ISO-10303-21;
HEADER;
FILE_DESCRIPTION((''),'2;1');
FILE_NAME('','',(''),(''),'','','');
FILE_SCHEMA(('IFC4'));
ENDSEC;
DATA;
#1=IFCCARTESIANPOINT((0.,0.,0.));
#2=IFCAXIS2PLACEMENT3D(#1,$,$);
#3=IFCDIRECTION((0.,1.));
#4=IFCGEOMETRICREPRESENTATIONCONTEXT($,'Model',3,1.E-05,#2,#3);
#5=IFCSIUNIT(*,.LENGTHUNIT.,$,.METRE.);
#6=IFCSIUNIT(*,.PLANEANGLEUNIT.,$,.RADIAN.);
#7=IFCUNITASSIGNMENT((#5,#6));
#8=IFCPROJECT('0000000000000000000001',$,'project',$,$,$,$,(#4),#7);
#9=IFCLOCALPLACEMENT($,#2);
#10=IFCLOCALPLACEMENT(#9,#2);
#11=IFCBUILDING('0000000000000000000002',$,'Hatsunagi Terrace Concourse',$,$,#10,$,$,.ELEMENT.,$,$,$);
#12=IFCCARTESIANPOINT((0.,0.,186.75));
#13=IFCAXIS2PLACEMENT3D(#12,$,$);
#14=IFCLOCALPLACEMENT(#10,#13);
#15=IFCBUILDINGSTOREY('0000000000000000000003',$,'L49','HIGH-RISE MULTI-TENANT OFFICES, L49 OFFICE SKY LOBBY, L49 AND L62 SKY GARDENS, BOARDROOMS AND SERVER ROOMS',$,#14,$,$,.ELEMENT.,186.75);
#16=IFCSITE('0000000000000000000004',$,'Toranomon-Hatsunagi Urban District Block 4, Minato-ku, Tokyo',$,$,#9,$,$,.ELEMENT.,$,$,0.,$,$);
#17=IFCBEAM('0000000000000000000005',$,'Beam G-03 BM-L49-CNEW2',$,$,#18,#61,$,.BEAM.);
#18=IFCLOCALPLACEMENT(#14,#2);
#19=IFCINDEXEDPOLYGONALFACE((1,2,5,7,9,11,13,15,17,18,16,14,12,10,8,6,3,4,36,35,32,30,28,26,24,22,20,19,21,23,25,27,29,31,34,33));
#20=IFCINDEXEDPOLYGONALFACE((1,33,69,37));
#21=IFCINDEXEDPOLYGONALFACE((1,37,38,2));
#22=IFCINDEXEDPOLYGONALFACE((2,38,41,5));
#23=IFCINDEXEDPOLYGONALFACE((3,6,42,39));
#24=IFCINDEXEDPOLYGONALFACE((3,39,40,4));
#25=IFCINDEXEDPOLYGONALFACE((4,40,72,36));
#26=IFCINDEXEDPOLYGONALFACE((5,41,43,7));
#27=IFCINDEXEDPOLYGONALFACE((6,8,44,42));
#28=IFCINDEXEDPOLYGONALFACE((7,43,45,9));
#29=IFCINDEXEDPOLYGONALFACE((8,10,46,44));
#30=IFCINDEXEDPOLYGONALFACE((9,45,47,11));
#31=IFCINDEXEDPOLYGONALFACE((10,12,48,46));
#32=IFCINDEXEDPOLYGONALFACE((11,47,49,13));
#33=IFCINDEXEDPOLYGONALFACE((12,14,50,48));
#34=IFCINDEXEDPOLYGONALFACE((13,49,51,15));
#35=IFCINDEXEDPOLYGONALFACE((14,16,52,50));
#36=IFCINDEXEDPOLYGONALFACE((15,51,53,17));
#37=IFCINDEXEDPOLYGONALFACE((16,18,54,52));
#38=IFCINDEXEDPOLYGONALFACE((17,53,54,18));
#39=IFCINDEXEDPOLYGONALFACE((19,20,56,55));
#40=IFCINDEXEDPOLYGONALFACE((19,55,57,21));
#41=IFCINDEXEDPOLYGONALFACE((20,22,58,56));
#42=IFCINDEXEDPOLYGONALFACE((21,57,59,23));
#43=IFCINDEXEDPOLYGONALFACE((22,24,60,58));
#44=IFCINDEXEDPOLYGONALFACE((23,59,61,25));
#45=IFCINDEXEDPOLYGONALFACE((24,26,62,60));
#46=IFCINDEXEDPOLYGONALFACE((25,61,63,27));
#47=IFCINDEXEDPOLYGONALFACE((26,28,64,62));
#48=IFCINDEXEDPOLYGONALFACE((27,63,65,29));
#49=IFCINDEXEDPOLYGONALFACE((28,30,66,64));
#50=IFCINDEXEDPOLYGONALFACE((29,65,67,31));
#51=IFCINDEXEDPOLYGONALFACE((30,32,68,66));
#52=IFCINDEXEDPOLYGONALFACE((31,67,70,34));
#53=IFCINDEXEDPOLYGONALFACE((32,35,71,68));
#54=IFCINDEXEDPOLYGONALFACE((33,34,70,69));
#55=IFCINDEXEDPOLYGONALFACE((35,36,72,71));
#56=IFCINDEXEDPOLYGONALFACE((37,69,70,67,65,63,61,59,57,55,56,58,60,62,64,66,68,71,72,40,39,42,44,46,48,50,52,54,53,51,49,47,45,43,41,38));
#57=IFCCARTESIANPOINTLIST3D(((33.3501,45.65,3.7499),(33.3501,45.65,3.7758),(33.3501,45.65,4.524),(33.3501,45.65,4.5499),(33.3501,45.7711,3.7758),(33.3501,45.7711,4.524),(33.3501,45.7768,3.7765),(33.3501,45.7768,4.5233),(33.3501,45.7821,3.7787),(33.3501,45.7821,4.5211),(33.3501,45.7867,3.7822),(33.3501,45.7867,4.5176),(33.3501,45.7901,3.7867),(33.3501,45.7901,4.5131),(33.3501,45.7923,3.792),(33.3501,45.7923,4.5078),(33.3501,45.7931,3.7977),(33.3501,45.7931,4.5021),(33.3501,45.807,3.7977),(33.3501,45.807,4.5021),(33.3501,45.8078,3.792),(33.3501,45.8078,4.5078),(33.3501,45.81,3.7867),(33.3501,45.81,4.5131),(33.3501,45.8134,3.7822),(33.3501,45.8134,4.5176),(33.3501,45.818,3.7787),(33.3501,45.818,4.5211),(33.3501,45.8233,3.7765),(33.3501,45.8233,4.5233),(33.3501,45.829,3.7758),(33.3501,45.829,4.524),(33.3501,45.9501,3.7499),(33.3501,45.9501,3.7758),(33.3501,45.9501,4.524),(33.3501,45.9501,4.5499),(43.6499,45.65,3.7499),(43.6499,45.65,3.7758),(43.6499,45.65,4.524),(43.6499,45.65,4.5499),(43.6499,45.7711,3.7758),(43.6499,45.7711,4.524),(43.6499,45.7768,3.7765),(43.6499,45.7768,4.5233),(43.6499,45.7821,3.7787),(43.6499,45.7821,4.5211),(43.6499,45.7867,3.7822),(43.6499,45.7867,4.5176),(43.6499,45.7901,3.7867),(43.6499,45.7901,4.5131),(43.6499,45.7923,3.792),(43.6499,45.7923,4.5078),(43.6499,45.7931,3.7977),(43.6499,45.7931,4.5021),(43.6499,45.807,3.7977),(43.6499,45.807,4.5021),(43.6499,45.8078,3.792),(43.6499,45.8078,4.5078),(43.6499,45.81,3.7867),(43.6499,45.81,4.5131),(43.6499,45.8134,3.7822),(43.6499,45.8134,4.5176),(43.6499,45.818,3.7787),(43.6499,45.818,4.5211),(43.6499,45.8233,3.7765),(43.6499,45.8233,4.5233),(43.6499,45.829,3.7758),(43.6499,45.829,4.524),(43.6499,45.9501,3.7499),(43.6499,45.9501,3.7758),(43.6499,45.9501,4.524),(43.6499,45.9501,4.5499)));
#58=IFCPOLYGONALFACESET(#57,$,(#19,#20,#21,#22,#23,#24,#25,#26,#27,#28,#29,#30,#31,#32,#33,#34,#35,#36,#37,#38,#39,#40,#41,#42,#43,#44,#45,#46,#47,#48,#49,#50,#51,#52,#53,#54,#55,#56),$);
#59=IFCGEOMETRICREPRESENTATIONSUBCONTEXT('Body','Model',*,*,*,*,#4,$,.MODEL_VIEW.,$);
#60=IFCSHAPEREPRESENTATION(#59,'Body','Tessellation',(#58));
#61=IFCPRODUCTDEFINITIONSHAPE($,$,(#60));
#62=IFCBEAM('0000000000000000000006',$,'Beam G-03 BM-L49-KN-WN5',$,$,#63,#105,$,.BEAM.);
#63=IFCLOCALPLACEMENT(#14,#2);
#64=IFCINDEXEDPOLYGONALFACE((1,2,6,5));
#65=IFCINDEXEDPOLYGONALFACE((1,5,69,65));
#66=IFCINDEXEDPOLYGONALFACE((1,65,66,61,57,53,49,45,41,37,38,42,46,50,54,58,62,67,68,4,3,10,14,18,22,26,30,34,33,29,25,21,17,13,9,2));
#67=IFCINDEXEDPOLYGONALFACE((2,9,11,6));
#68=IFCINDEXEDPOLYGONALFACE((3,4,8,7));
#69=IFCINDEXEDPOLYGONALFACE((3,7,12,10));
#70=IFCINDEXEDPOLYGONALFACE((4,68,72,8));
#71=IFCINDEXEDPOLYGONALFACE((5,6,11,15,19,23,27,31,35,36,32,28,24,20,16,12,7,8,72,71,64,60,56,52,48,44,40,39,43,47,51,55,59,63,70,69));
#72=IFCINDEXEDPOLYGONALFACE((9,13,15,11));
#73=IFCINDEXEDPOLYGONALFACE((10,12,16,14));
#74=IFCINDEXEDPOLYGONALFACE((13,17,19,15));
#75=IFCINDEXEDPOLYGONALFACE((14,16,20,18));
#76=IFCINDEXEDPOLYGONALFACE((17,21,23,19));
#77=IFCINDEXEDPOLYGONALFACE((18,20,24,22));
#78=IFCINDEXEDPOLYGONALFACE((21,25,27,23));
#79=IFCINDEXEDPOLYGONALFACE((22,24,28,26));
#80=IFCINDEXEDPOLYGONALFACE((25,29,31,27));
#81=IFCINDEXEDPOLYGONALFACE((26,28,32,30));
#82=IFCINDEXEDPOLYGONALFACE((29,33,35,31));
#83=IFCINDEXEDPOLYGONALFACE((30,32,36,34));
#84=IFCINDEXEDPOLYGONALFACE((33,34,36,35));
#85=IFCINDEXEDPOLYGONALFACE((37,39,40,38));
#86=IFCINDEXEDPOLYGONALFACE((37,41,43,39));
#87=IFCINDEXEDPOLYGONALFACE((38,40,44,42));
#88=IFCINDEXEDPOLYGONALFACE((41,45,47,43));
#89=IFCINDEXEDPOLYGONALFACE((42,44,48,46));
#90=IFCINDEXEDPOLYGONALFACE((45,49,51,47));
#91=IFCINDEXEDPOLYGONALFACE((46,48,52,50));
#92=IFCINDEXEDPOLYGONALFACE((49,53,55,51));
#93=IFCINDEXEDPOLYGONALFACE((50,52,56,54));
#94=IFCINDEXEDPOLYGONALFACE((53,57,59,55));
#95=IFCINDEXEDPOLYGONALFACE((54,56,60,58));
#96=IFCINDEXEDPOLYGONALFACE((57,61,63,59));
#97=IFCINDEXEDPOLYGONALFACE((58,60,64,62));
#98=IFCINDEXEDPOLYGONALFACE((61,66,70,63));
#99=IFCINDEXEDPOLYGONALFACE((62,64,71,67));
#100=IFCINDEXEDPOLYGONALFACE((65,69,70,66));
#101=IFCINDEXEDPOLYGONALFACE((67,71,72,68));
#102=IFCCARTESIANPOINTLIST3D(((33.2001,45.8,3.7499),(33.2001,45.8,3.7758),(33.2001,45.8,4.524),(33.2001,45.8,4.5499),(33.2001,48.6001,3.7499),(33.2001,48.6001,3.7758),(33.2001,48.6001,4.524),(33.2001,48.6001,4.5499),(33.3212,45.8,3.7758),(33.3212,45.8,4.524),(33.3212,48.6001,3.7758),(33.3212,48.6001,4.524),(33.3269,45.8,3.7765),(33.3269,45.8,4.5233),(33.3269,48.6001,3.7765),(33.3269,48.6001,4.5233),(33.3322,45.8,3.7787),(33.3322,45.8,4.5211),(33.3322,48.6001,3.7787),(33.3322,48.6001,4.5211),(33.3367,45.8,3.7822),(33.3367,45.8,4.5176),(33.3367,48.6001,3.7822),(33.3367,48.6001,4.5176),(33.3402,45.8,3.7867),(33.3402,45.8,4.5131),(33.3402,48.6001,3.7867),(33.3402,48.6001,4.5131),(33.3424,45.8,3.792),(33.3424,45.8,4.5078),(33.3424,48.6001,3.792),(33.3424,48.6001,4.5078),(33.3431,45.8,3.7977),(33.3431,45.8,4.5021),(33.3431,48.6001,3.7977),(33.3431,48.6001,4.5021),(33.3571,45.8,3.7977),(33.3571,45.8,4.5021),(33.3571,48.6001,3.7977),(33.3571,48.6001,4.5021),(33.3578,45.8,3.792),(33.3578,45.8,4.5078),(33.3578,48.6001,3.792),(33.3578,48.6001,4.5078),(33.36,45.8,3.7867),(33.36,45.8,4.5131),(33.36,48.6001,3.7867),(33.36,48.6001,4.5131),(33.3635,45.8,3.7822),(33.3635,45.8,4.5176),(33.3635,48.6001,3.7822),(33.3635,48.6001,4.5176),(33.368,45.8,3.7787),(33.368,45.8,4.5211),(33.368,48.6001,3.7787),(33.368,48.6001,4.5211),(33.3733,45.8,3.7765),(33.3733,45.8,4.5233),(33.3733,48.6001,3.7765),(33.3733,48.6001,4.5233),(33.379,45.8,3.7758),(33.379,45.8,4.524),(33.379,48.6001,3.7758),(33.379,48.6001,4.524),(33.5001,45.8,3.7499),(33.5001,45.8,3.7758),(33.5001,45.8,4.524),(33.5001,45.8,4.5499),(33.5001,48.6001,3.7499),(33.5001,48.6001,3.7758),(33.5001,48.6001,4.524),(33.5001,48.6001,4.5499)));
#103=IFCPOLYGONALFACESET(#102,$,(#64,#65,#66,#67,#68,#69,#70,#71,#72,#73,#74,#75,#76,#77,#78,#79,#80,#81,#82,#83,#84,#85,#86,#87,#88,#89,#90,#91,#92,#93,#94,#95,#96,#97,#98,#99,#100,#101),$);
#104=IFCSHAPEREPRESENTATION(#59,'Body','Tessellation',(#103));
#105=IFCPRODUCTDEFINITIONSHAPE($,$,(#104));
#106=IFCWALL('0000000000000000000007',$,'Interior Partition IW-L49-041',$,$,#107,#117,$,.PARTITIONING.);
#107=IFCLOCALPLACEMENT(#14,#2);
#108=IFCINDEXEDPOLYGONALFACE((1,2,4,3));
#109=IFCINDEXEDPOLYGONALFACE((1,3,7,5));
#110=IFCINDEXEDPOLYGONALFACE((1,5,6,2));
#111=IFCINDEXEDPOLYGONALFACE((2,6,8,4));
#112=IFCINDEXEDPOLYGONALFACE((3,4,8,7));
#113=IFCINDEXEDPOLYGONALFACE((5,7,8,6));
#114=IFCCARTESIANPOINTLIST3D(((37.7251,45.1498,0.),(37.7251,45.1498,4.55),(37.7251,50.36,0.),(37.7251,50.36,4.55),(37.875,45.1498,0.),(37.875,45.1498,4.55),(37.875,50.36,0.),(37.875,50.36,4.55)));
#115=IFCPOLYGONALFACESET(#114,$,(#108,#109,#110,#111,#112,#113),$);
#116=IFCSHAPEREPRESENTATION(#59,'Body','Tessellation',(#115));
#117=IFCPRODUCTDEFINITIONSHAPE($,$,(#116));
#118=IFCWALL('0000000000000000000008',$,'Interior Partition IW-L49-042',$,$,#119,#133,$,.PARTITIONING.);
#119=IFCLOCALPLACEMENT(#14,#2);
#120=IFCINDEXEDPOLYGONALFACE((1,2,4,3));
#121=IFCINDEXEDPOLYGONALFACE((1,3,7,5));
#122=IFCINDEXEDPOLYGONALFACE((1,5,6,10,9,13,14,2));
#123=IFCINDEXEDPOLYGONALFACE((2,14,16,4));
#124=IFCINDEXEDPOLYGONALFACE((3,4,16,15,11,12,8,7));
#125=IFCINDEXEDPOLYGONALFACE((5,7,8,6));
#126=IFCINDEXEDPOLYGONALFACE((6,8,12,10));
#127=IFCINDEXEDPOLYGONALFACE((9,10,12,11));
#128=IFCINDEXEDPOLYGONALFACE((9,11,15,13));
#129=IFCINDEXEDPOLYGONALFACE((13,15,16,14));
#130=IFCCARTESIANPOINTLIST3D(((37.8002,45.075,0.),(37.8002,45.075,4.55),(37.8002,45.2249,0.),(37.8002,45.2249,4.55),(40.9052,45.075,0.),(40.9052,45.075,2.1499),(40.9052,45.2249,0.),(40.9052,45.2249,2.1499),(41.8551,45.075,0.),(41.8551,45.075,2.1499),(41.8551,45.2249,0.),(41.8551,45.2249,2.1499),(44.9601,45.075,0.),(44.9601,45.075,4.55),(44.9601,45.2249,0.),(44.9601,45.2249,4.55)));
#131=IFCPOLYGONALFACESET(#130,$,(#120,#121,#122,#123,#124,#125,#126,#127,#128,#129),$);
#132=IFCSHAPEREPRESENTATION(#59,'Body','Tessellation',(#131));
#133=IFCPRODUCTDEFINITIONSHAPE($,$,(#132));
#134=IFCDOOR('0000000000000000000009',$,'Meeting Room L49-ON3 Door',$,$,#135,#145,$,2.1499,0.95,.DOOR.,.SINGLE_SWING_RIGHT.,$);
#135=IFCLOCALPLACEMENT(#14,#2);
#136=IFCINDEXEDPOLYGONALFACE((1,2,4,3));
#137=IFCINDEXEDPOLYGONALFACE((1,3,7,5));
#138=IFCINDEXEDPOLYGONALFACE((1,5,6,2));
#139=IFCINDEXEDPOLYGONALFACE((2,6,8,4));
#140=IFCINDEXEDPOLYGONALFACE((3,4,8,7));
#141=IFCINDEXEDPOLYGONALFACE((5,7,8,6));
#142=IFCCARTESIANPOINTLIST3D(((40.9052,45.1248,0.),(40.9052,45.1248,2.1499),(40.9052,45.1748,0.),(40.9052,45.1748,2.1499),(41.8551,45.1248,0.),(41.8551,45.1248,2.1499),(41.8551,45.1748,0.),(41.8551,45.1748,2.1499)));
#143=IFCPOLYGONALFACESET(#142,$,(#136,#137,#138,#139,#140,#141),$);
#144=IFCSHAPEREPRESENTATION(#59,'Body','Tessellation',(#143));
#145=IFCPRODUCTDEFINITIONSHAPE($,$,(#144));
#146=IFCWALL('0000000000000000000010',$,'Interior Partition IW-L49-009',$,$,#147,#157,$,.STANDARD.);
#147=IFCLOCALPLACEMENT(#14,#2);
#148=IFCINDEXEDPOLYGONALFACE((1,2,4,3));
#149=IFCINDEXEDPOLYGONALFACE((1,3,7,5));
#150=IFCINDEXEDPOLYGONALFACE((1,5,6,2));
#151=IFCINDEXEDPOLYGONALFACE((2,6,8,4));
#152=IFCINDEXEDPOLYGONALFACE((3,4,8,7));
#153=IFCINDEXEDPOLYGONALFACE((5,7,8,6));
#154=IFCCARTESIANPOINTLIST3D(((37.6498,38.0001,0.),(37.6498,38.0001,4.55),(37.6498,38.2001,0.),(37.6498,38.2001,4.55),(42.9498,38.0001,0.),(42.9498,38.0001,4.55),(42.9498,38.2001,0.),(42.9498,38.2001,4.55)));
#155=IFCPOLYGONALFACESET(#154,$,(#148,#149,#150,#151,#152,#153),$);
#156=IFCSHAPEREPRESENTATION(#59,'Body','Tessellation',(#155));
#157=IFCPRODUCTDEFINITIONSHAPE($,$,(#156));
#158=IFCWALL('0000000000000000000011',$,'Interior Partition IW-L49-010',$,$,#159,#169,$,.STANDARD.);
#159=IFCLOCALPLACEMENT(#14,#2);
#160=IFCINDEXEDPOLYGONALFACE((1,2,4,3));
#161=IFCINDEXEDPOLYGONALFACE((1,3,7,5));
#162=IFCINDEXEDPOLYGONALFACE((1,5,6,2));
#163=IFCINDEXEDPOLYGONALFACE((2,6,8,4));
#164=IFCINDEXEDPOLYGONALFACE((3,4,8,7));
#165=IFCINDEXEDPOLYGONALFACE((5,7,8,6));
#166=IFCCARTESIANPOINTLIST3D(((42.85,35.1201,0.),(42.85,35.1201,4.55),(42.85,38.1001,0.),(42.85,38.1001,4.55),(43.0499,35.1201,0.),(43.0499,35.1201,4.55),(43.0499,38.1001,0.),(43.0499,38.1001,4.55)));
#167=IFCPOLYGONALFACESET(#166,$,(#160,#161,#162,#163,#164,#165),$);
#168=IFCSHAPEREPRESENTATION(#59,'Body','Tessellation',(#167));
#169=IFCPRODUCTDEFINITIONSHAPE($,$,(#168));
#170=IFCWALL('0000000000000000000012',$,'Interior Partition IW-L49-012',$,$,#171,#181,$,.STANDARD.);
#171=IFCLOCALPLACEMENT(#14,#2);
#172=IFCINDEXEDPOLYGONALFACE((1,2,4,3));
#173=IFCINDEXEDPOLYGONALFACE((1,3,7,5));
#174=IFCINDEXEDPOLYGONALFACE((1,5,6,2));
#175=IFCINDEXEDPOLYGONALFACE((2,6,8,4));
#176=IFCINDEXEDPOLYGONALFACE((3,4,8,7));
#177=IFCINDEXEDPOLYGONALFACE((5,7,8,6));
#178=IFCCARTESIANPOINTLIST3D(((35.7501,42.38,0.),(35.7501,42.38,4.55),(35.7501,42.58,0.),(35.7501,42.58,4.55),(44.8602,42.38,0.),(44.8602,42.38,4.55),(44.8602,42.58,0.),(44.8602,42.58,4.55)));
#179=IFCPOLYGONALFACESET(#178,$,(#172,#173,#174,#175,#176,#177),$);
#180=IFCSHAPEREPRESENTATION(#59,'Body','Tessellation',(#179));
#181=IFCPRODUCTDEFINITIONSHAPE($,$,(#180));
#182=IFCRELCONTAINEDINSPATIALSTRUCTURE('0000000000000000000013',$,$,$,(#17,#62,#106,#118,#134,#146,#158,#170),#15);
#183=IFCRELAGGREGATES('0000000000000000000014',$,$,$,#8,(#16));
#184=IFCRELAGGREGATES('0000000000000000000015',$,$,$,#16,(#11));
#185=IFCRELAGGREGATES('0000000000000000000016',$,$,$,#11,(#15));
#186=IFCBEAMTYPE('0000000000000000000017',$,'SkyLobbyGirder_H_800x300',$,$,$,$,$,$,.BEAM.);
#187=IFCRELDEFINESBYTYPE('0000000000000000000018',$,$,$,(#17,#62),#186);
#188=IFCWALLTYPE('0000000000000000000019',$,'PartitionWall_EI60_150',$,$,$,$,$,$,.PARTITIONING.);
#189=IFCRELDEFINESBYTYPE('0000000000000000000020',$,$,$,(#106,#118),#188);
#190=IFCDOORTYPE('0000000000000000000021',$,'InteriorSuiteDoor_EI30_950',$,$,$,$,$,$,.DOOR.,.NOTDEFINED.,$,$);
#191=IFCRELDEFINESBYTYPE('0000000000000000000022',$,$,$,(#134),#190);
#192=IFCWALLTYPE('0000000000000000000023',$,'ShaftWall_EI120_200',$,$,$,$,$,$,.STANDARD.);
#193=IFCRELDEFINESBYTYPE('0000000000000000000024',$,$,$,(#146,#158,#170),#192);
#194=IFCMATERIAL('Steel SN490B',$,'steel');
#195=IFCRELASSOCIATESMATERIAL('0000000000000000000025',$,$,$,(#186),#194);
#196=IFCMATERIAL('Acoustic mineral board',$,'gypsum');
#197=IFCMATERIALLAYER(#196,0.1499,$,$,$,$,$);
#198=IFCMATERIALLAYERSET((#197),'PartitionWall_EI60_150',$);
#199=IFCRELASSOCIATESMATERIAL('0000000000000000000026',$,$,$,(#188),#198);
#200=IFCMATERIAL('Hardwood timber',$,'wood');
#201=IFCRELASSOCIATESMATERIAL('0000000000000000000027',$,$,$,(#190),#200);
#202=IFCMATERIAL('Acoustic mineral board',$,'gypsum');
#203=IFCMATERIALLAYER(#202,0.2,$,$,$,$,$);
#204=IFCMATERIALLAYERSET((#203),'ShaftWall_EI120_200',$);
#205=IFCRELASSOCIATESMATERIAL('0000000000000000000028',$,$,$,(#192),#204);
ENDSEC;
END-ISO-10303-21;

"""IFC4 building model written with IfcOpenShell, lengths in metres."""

from ifc_helpers import new_model, si_unit, direction, frame, frame_2d, origin, origin_2d, place, context, subcontext, project, spatial, rectangle, i_section, extrude, material, layer, layer_set, material_profile, profile_set, type_object, element, fill, save


model = new_model("IFC4")

# Units and contexts
model_context = context("Model", 3, precision=1e-05, world=origin(), true_north=direction((0.0, 1.0)))
body_context = subcontext(model_context, "Body", "Model", "MODEL_VIEW")
ifc_project = project(units=[si_unit("LENGTHUNIT", "METRE"), si_unit("PLANEANGLEUNIT", "RADIAN")], contexts=[model_context])

# Site, building, storey
site_placement = place(None, origin())
site = spatial("IfcSite", under=ifc_project, at=site_placement, Name="Toranomon-Hatsunagi Urban District Block 4, Minato-ku, Tokyo", CompositionType="ELEMENT", RefElevation=0.0)
building_placement = place(site_placement, origin())
building = spatial("IfcBuilding", under=site, at=building_placement, Name="Hatsunagi Terrace Concourse", CompositionType="ELEMENT")
storey_placement = place(building_placement, frame((0.0, 0.0, 186.75)))
storey = spatial("IfcBuildingStorey", under=building, at=storey_placement, Name="L49", Description="HIGH-RISE MULTI-TENANT OFFICES, L49 OFFICE SKY LOBBY, L49 AND L62 SKY GARDENS, BOARDROOMS AND SERVER ROOMS", CompositionType="ELEMENT", Elevation=186.75)

# Beams
ifc_material_1 = material(Name="Steel SN490B", Category="steel")
ifc_material_profile_1 = material_profile(ifc_material_1, i_section(OverallWidth=0.3, OverallDepth=0.8, WebThickness=0.0139, FlangeThickness=0.0259, FilletRadius=0.022, at=origin_2d()), Name="H-800x300x14x26")
ifc_profile_set_1 = profile_set([ifc_material_profile_1], Name="Steel SN490B")
beam_type_1 = type_object("IfcBeamType", Name="SkyLobbyGirder_H_800x300", PredefinedType="BEAM", material=ifc_profile_set_1)
beam_1_placement = place(storey_placement, frame((33.3501, 45.8, 4.1499), z_axis=(1.0, 0.0, 0.0), x_axis=(0.0, 1.0, 0.0)))
element("IfcBeam", 1, at=beam_1_placement, inside=storey, type_object=beam_type_1, Name="Beam G-03 BM-L49-CNEW2", PredefinedType="BEAM", context=body_context, shape_type="SweptSolid", body=[
    extrude(i_section(OverallWidth=0.3, OverallDepth=0.8, WebThickness=0.0139, FlangeThickness=0.0259, FilletRadius=0.022, at=origin_2d()), origin(), (0.0, 0.0, 1.0), 10.2998),
])
beam_2_placement = place(storey_placement, frame((33.3501, 45.8, 4.1499), z_axis=(0.0, 1.0, 0.0), x_axis=(-1.0, 0.0, 0.0)))
element("IfcBeam", 2, at=beam_2_placement, inside=storey, type_object=beam_type_1, Name="Beam G-03 BM-L49-KN-WN5", PredefinedType="BEAM", context=body_context, shape_type="SweptSolid", body=[
    extrude(i_section(OverallWidth=0.3, OverallDepth=0.8, WebThickness=0.0139, FlangeThickness=0.0259, FilletRadius=0.022, at=origin_2d()), origin(), (0.0, 0.0, 1.0), 2.8),
])

# Wall
ifc_material_2 = material(Name="Acoustic mineral board", Category="gypsum")
ifc_layer_1 = layer(ifc_material_2, 0.1499)
ifc_layer_set_1 = layer_set([ifc_layer_1], Name="PartitionWall_EI60_150")
wall_type_1 = type_object("IfcWallType", Name="PartitionWall_EI60_150", PredefinedType="PARTITIONING", material=ifc_layer_set_1)
wall_1_placement = place(storey_placement, frame((37.8, 45.1499, 0.0), z_axis=(0.0, 0.0, 1.0), x_axis=(0.0, 1.0, 0.0)))
element("IfcWall", 3, at=wall_1_placement, inside=storey, type_object=wall_type_1, Name="Interior Partition IW-L49-041", PredefinedType="PARTITIONING", context=body_context, shape_type="SweptSolid", body=[
    extrude(rectangle(XDim=5.2102, YDim=0.1499, at=frame_2d((2.605, 0.0))), origin(), (0.0, 0.0, 1.0), 4.55),
])

# Wall, opening, door
wall_2_placement = place(storey_placement, frame((37.8, 45.1499, 0.0), z_axis=(0.0, 0.0, 1.0), x_axis=(1.0, 0.0, 0.0)))
wall_2 = element("IfcWall", 4, at=wall_2_placement, inside=storey, type_object=wall_type_1, Name="Interior Partition IW-L49-042", PredefinedType="PARTITIONING", context=body_context, shape_type="SweptSolid", body=[
    extrude(rectangle(XDim=7.1599, YDim=0.1499, at=frame_2d((3.5801, 0.0))), origin(), (0.0, 0.0, 1.0), 4.55),
])
opening_1_placement = place(wall_2_placement, frame((3.105, 0.0, 0.0)))
opening_1 = element("IfcOpeningElement", 5, at=opening_1_placement, cuts=wall_2, PredefinedType="OPENING", context=body_context, shape_type="SweptSolid", body=[
    extrude(rectangle(XDim=0.95, YDim=2.1499, at=frame_2d((0.4751, 1.075))), frame((0.0, 0.085, 0.0), z_axis=(0.0, -1.0, 0.0), x_axis=(1.0, 0.0, 0.0)), (0.0, 0.0, 1.0), 0.1699),
])
ifc_material_3 = material(Name="Hardwood timber", Category="wood")
door_type_1 = type_object("IfcDoorType", Name="InteriorSuiteDoor_EI30_950", OperationType="NOTDEFINED", PredefinedType="DOOR", material=ifc_material_3)
door_1_placement = place(opening_1_placement, origin())
door_1 = element("IfcDoor", 6, at=door_1_placement, inside=storey, type_object=door_type_1, Name="Meeting Room L49-ON3 Door", OperationType="SINGLE_SWING_RIGHT", OverallHeight=2.1499, OverallWidth=0.95, PredefinedType="DOOR", context=body_context, shape_type="SweptSolid", body=[
    extrude(rectangle(XDim=0.95, YDim=2.1499, at=frame_2d((0.4751, 1.075))), frame((0.0, 0.0249, 0.0), z_axis=(0.0, -1.0, 0.0), x_axis=(1.0, 0.0, 0.0)), (0.0, 0.0, 1.0), 0.05),
])
fill(opening_1, door_1)

# Walls
ifc_material_4 = material(Name="Acoustic mineral board", Category="gypsum")
ifc_layer_2 = layer(ifc_material_4, 0.2)
ifc_layer_set_2 = layer_set([ifc_layer_2], Name="ShaftWall_EI120_200")
wall_type_2 = type_object("IfcWallType", Name="ShaftWall_EI120_200", PredefinedType="STANDARD", material=ifc_layer_set_2)
wall_3_placement = place(storey_placement, frame((37.6499, 38.1001, 0.0), z_axis=(0.0, 0.0, 1.0), x_axis=(1.0, 0.0, 0.0)))
element("IfcWall", 7, at=wall_3_placement, inside=storey, type_object=wall_type_2, Name="Interior Partition IW-L49-009", PredefinedType="STANDARD", context=body_context, shape_type="SweptSolid", body=[
    extrude(rectangle(XDim=5.3, YDim=0.2, at=frame_2d((2.6499, 0.0))), origin(), (0.0, 0.0, 1.0), 4.55),
])
wall_4_placement = place(storey_placement, frame((42.95, 35.1201, 0.0), z_axis=(0.0, 0.0, 1.0), x_axis=(0.0, 1.0, 0.0)))
element("IfcWall", 8, at=wall_4_placement, inside=storey, type_object=wall_type_2, Name="Interior Partition IW-L49-010", PredefinedType="STANDARD", context=body_context, shape_type="SweptSolid", body=[
    extrude(rectangle(XDim=2.98, YDim=0.2, at=frame_2d((1.49, 0.0))), origin(), (0.0, 0.0, 1.0), 4.55),
])
wall_5_placement = place(storey_placement, frame((35.75, 42.48, 0.0), z_axis=(0.0, 0.0, 1.0), x_axis=(1.0, 0.0, 0.0)))
element("IfcWall", 9, at=wall_5_placement, inside=storey, type_object=wall_type_2, Name="Interior Partition IW-L49-012", PredefinedType="STANDARD", context=body_context, shape_type="SweptSolid", body=[
    extrude(rectangle(XDim=9.1101, YDim=0.2, at=frame_2d((4.5552, 0.0))), origin(), (0.0, 0.0, 1.0), 4.55),
])

save(model, "model.ifc")
